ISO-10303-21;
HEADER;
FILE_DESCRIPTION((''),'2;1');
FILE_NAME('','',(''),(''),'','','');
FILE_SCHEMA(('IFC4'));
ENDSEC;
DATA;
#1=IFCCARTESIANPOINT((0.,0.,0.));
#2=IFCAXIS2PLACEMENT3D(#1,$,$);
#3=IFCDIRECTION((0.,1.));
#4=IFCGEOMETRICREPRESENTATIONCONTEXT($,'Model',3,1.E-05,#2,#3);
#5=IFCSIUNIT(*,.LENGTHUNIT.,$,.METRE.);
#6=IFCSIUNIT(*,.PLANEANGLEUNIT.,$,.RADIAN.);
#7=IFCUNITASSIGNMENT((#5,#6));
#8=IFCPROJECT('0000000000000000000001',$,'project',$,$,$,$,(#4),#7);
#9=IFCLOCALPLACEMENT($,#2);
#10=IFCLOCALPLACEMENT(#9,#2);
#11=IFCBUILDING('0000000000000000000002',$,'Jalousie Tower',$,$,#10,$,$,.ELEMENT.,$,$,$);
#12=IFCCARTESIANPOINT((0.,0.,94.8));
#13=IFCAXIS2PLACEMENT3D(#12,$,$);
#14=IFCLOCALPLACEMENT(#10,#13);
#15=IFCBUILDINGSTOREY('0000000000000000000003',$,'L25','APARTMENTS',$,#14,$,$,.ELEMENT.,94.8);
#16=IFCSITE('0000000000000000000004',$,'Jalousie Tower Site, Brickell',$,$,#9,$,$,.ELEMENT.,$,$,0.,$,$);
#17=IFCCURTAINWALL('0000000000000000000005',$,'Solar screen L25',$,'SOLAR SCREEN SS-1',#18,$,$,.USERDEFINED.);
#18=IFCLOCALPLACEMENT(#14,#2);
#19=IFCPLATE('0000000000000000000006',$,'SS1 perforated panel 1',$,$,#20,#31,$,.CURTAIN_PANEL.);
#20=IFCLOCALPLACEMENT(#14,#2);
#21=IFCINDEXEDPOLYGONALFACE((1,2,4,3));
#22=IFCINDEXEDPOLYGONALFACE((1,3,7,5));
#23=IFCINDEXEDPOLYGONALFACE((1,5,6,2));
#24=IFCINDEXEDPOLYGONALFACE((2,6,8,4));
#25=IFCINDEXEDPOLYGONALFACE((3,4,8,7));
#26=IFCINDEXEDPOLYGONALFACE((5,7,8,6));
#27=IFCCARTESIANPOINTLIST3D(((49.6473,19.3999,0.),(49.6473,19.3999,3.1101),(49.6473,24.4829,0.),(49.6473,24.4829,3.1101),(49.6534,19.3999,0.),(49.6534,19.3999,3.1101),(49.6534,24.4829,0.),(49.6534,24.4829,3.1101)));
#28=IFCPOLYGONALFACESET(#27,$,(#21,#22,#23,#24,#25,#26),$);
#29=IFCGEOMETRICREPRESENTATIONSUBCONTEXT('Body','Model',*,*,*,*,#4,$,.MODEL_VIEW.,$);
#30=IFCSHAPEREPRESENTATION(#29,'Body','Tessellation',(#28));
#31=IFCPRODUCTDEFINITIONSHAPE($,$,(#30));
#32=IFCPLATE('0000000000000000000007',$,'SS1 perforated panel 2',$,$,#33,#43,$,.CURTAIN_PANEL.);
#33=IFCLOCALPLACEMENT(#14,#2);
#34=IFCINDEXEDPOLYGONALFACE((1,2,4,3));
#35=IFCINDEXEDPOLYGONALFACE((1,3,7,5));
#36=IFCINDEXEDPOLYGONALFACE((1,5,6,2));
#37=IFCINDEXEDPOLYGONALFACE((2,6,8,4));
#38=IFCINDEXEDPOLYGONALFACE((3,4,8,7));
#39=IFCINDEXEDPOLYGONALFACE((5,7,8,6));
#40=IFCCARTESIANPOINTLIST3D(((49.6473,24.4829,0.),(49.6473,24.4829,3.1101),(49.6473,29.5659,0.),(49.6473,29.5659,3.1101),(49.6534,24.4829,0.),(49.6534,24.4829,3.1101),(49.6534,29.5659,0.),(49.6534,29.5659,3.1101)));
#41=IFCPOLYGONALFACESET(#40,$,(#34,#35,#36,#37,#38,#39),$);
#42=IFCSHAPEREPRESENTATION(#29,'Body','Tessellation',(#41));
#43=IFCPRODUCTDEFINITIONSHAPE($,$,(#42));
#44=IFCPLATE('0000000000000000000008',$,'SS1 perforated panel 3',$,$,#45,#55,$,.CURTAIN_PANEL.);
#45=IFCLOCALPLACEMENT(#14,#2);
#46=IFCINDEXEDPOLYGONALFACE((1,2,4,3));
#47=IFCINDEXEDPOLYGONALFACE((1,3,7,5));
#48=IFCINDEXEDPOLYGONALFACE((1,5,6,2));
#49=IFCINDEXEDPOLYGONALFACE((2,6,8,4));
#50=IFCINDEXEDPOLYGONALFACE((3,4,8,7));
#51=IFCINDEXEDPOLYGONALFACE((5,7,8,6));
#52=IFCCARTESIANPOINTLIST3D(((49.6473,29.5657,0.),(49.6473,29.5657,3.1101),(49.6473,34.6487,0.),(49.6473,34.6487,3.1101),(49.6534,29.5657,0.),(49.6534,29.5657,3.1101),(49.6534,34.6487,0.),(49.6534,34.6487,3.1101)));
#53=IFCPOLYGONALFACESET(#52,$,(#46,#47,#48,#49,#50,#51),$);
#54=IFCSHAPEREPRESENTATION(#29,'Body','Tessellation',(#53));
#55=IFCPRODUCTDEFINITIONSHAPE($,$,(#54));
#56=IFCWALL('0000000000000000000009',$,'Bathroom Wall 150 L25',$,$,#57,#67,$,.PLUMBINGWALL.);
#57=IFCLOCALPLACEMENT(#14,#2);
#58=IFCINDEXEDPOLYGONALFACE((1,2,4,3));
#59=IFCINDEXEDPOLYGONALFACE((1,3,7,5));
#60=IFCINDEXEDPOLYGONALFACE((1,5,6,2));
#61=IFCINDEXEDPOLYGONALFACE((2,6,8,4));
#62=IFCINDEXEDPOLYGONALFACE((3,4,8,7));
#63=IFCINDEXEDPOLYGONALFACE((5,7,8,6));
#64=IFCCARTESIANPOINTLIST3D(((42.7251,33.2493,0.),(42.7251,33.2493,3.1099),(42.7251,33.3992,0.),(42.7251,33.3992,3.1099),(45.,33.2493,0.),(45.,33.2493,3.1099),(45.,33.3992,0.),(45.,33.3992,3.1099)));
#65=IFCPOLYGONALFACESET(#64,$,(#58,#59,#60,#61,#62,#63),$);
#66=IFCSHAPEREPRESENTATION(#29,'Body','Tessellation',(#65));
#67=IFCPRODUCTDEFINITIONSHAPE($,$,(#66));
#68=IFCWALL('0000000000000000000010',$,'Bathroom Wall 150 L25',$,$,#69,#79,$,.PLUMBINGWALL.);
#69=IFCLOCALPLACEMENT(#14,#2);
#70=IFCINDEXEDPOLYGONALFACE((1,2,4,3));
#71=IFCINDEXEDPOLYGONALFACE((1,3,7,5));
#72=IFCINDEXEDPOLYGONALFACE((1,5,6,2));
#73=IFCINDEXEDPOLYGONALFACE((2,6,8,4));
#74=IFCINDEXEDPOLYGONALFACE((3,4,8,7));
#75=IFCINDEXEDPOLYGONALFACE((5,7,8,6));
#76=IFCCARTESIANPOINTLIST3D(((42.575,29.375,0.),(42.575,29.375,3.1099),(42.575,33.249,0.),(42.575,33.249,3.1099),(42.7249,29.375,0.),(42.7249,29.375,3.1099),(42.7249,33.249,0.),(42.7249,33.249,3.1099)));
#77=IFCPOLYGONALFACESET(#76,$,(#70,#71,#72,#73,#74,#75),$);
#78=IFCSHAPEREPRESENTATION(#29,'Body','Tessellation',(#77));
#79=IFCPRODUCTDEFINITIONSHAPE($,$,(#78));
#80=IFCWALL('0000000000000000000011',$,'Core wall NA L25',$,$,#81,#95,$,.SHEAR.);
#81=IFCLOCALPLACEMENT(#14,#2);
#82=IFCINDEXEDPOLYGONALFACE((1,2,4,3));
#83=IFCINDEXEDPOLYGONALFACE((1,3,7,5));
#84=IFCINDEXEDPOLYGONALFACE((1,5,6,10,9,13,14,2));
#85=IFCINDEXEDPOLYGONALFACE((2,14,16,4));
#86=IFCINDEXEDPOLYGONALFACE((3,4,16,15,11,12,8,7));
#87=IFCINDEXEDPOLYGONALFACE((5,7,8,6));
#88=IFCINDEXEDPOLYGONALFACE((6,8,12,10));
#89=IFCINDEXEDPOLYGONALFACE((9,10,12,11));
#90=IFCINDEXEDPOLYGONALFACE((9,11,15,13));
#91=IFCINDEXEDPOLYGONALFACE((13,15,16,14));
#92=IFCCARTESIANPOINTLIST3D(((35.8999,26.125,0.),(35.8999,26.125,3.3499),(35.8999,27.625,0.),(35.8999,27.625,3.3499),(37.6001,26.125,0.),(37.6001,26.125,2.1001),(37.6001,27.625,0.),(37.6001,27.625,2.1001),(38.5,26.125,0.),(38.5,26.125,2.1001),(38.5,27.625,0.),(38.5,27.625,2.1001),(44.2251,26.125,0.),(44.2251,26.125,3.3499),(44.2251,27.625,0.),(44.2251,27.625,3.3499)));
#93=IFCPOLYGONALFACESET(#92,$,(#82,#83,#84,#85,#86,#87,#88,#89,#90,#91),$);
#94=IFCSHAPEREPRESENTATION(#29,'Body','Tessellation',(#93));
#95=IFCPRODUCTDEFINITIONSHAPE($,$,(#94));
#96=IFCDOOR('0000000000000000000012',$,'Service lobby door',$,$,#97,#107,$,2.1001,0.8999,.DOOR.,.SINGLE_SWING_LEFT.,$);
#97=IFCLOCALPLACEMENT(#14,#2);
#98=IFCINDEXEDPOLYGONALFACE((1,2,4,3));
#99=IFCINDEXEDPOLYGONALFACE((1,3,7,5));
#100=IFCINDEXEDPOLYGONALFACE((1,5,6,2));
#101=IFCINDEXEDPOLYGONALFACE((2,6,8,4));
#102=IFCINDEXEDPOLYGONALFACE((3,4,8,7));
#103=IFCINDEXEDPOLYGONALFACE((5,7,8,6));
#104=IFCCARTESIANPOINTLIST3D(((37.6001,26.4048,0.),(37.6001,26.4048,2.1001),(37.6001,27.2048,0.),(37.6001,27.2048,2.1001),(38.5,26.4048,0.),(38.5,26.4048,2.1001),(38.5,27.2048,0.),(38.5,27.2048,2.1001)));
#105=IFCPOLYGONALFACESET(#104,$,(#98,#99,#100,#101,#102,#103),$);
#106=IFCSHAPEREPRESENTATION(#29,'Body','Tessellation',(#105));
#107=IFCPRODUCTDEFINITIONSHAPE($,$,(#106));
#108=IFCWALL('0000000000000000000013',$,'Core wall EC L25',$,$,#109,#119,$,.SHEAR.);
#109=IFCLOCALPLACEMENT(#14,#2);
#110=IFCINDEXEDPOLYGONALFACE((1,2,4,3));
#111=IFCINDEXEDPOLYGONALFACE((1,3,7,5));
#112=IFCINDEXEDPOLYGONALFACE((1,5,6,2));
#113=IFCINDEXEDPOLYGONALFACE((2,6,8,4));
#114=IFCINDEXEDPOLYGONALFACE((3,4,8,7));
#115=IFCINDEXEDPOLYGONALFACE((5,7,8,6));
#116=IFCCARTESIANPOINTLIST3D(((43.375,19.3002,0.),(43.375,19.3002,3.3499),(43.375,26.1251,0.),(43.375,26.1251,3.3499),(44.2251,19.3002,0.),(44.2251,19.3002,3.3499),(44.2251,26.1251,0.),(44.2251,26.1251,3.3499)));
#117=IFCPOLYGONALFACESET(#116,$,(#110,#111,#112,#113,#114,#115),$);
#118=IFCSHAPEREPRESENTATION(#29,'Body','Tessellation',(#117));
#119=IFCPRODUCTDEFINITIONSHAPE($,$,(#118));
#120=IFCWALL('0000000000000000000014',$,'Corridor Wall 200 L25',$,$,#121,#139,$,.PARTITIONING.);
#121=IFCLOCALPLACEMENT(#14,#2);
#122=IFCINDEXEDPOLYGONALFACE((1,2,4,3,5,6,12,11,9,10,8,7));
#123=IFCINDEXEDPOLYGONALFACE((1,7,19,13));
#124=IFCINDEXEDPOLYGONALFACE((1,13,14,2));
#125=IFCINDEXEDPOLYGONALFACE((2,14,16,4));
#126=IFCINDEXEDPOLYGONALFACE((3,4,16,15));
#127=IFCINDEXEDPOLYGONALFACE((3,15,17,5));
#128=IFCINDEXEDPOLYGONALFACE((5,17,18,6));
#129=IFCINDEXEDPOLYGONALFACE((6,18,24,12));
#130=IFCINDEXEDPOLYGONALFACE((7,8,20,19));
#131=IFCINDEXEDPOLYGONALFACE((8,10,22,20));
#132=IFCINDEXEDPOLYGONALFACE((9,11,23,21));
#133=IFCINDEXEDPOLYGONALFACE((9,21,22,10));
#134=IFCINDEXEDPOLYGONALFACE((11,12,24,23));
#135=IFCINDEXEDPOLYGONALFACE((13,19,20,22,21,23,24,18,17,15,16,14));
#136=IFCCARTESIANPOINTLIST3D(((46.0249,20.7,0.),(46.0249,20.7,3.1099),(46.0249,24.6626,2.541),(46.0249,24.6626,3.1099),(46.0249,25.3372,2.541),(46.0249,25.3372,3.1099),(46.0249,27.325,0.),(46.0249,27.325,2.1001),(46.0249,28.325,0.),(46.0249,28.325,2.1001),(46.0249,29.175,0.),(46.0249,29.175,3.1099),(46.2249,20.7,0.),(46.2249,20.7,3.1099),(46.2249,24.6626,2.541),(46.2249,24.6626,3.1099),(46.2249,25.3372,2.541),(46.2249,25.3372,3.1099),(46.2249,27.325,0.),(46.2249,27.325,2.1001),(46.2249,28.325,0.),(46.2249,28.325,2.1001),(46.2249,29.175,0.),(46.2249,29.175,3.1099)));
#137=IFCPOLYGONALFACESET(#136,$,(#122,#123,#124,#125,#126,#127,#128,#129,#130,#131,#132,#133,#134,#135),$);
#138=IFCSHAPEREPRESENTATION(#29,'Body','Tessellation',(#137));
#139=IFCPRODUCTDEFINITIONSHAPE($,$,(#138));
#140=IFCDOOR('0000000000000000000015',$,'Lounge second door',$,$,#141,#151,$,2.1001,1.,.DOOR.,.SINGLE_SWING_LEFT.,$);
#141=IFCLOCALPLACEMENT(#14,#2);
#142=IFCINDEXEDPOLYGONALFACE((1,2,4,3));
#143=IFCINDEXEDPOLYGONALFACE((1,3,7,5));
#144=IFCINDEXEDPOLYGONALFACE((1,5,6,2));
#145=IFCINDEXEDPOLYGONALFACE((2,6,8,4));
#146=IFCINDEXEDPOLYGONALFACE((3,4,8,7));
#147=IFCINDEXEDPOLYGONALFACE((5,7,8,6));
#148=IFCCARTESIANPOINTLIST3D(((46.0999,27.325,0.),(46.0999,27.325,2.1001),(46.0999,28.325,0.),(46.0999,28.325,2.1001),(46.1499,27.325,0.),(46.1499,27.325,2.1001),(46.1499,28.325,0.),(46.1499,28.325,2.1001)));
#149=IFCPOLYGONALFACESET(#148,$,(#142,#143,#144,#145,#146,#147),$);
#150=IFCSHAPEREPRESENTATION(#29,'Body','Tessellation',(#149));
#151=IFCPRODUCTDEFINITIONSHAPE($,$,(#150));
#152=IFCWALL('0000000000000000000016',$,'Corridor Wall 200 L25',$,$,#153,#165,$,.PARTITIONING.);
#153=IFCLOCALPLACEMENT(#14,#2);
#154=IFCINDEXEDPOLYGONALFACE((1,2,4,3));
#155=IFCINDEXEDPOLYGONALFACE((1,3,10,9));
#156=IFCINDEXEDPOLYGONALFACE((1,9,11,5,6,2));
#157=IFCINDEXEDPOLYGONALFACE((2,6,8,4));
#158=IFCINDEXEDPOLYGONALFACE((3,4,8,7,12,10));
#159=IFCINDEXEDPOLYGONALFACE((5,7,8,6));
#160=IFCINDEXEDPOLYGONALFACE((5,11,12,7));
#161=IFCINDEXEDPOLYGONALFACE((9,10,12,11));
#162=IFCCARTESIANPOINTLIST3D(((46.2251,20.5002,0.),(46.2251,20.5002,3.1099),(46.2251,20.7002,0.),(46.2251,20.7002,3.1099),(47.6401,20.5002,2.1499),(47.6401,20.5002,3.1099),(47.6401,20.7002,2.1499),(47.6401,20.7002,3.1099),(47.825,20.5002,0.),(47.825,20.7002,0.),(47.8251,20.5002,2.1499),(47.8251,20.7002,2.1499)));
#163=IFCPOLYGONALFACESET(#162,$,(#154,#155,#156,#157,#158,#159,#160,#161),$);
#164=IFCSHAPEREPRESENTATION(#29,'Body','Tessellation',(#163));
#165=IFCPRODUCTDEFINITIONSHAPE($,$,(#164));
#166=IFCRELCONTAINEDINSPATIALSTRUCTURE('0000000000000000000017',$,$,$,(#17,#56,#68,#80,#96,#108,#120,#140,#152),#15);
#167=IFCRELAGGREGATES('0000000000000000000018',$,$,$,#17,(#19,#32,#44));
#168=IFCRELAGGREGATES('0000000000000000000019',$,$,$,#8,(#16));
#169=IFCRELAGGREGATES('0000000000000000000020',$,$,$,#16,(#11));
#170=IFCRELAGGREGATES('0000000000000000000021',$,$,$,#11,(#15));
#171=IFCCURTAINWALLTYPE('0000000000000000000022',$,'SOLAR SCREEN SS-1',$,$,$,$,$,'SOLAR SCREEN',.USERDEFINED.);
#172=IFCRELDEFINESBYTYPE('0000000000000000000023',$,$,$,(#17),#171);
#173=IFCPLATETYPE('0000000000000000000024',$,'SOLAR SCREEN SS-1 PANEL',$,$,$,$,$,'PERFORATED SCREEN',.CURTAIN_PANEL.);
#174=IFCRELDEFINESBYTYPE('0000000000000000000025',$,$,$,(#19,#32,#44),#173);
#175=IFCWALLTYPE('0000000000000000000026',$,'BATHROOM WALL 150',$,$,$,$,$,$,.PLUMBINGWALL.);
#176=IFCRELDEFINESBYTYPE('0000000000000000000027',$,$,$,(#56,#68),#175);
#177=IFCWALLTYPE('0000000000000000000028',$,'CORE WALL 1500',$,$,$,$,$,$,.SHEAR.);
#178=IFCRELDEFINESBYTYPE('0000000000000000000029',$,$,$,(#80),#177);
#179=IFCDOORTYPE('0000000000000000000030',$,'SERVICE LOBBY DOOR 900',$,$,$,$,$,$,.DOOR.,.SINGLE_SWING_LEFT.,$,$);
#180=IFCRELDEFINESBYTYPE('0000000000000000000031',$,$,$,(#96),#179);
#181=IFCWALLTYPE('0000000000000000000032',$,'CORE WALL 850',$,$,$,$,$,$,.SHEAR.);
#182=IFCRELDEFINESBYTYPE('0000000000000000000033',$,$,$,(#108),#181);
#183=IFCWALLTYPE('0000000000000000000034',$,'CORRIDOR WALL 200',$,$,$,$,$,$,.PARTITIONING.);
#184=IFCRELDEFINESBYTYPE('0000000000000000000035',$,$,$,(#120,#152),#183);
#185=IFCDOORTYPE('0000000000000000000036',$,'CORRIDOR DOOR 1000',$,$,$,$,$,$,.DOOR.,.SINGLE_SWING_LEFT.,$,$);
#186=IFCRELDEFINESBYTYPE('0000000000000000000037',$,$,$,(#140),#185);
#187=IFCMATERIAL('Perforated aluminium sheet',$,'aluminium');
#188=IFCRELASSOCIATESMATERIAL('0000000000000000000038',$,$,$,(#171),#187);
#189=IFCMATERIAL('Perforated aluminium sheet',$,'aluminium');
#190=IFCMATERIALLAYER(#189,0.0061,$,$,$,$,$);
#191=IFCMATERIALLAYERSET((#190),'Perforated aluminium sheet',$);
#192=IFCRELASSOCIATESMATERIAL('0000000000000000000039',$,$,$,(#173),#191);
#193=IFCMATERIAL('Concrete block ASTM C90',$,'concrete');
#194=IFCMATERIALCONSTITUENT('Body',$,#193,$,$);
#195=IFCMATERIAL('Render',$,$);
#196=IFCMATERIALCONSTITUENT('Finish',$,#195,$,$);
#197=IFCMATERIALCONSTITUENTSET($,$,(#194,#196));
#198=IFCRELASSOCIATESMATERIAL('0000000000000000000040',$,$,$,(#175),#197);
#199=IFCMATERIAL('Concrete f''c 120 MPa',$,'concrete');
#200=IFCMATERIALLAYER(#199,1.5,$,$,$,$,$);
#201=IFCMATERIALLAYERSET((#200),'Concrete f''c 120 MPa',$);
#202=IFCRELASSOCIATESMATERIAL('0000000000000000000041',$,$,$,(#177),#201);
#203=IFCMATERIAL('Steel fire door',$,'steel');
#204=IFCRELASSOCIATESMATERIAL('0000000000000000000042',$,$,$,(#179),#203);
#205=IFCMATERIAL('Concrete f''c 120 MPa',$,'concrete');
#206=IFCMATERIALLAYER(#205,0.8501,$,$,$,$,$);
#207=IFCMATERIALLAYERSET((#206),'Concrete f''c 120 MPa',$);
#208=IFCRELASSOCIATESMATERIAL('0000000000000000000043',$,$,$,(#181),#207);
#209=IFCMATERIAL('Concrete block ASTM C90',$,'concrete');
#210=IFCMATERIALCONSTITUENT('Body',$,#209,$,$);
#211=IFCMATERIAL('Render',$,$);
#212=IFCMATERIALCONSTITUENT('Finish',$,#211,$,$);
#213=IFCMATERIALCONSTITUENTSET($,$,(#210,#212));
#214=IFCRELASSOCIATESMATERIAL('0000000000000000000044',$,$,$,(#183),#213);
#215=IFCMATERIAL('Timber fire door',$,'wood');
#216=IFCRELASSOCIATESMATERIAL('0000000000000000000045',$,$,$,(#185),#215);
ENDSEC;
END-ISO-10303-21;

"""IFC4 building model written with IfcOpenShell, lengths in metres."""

from ifc_helpers import new_model, si_unit, direction, frame, frame_2d, origin, origin_2d, place, context, subcontext, project, spatial, polyline, rectangle, outline, extrude, material, layer, layer_set, constituent, constituent_set, type_object, element, fill, aggregate, save


model = new_model("IFC4")

# Units and contexts
model_context = context("Model", 3, precision=1e-05, world=origin(), true_north=direction((0.0, 1.0)))
body_context = subcontext(model_context, "Body", "Model", "MODEL_VIEW")
ifc_project = project(units=[si_unit("LENGTHUNIT", "METRE"), si_unit("PLANEANGLEUNIT", "RADIAN")], contexts=[model_context])

# Site, building, storey
site_placement = place(None, origin())
site = spatial("IfcSite", under=ifc_project, at=site_placement, Name="Jalousie Tower Site, Brickell", CompositionType="ELEMENT", RefElevation=0.0)
building_placement = place(site_placement, origin())
building = spatial("IfcBuilding", under=site, at=building_placement, Name="Jalousie Tower", CompositionType="ELEMENT")
storey_placement = place(building_placement, frame((0.0, 0.0, 94.8)))
storey = spatial("IfcBuildingStorey", under=building, at=storey_placement, Name="L25", Description="APARTMENTS", CompositionType="ELEMENT", Elevation=94.8)

# Curtain wall, plates
ifc_material_1 = material(Name="Perforated aluminium sheet", Category="aluminium")
curtain_wall_type = type_object("IfcCurtainWallType", Name="SOLAR SCREEN SS-1", ElementType="SOLAR SCREEN", PredefinedType="USERDEFINED", material=ifc_material_1)
curtain_wall_placement = place(storey_placement, origin())
curtain_wall = element("IfcCurtainWall", 1, at=curtain_wall_placement, inside=storey, type_object=curtain_wall_type, Name="Solar screen L25", ObjectType="SOLAR SCREEN SS-1", PredefinedType="USERDEFINED")
ifc_material_2 = material(Name="Perforated aluminium sheet", Category="aluminium")
ifc_layer_1 = layer(ifc_material_2, 0.0061)
ifc_layer_set_1 = layer_set([ifc_layer_1], Name="Perforated aluminium sheet")
plate_type = type_object("IfcPlateType", Name="SOLAR SCREEN SS-1 PANEL", ElementType="PERFORATED SCREEN", PredefinedType="CURTAIN_PANEL", material=ifc_layer_set_1)
plate_1_placement = place(storey_placement, frame((49.6504, 21.9414, 0.0), z_axis=(0.0, 0.0, 1.0), x_axis=(0.0, 1.0, 0.0)))
plate_1 = element("IfcPlate", 2, at=plate_1_placement, type_object=plate_type, Name="SS1 perforated panel 1", PredefinedType="CURTAIN_PANEL", context=body_context, shape_type="SweptSolid", body=[
    extrude(rectangle(XDim=5.083, YDim=0.0061, at=origin_2d()), origin(), (0.0, 0.0, 1.0), 3.1101),
])
plate_2_placement = place(storey_placement, frame((49.6504, 27.0244, 0.0), z_axis=(0.0, 0.0, 1.0), x_axis=(0.0, 1.0, 0.0)))
plate_2 = element("IfcPlate", 3, at=plate_2_placement, type_object=plate_type, Name="SS1 perforated panel 2", PredefinedType="CURTAIN_PANEL", context=body_context, shape_type="SweptSolid", body=[
    extrude(rectangle(XDim=5.083, YDim=0.0061, at=origin_2d()), origin(), (0.0, 0.0, 1.0), 3.1101),
])
plate_3_placement = place(storey_placement, frame((49.6504, 32.1072, 0.0), z_axis=(0.0, 0.0, 1.0), x_axis=(0.0, 1.0, 0.0)))
plate_3 = element("IfcPlate", 4, at=plate_3_placement, type_object=plate_type, Name="SS1 perforated panel 3", PredefinedType="CURTAIN_PANEL", context=body_context, shape_type="SweptSolid", body=[
    extrude(rectangle(XDim=5.083, YDim=0.0061, at=origin_2d()), origin(), (0.0, 0.0, 1.0), 3.1101),
])
aggregate(curtain_wall, [plate_1, plate_2, plate_3])

# Walls
ifc_material_3 = material(Name="Concrete block ASTM C90", Category="concrete")
ifc_constituent_1 = constituent(ifc_material_3, Name="Body")
ifc_material_4 = material(Name="Render")
ifc_constituent_2 = constituent(ifc_material_4, Name="Finish")
ifc_constituent_set_1 = constituent_set(constituents=[ifc_constituent_1, ifc_constituent_2])
wall_type_1 = type_object("IfcWallType", Name="BATHROOM WALL 150", PredefinedType="PLUMBINGWALL", material=ifc_constituent_set_1)
wall_1_placement = place(storey_placement, frame((42.7251, 33.3242, 0.0), z_axis=(0.0, 0.0, 1.0), x_axis=(1.0, 0.0, 0.0)))
element("IfcWall", 5, at=wall_1_placement, inside=storey, type_object=wall_type_1, Name="Bathroom Wall 150 L25", PredefinedType="PLUMBINGWALL", context=body_context, shape_type="SweptSolid", body=[
    extrude(rectangle(XDim=2.2749, YDim=0.1499, at=frame_2d((1.1375, 0.0))), origin(), (0.0, 0.0, 1.0), 3.1099),
])
wall_2_placement = place(storey_placement, frame((42.6499, 33.249, 0.0), z_axis=(0.0, 0.0, 1.0), x_axis=(0.0, -1.0, 0.0)))
element("IfcWall", 6, at=wall_2_placement, inside=storey, type_object=wall_type_1, Name="Bathroom Wall 150 L25", PredefinedType="PLUMBINGWALL", context=body_context, shape_type="SweptSolid", body=[
    extrude(rectangle(XDim=3.874, YDim=0.1499, at=frame_2d((1.937, 0.0))), origin(), (0.0, 0.0, 1.0), 3.1099),
])

# Wall, opening, door
ifc_material_5 = material(Name="Concrete f'c 120 MPa", Category="concrete")
ifc_layer_2 = layer(ifc_material_5, 1.5)
ifc_layer_set_2 = layer_set([ifc_layer_2], Name="Concrete f'c 120 MPa")
wall_type_2 = type_object("IfcWallType", Name="CORE WALL 1500", PredefinedType="SHEAR", material=ifc_layer_set_2)
wall_3_placement = place(storey_placement, frame((44.2251, 26.875, 0.0), z_axis=(0.0, 0.0, 1.0), x_axis=(-1.0, 0.0, 0.0)))
wall_3 = element("IfcWall", 7, at=wall_3_placement, inside=storey, type_object=wall_type_2, Name="Core wall NA L25", PredefinedType="SHEAR", context=body_context, shape_type="SweptSolid", body=[
    extrude(rectangle(XDim=8.3252, YDim=1.5, at=frame_2d((4.1626, 0.0))), origin(), (0.0, 0.0, 1.0), 3.3499),
])
opening_1_placement = place(wall_3_placement, frame((5.7251, 0.0, 0.0)))
opening_1 = element("IfcOpeningElement", 8, at=opening_1_placement, cuts=wall_3, PredefinedType="OPENING", context=body_context, shape_type="SweptSolid", body=[
    extrude(rectangle(XDim=0.8999, YDim=2.1001, at=frame_2d((0.45, 1.05))), frame((0.0, 0.76, 0.0), z_axis=(0.0, -1.0, 0.0), x_axis=(1.0, 0.0, 0.0)), (0.0, 0.0, 1.0), 1.52),
])
ifc_material_6 = material(Name="Steel fire door", Category="steel")
door_type_1 = type_object("IfcDoorType", Name="SERVICE LOBBY DOOR 900", OperationType="SINGLE_SWING_LEFT", PredefinedType="DOOR", material=ifc_material_6)
door_1_placement = place(opening_1_placement, origin())
door_1 = element("IfcDoor", 9, at=door_1_placement, inside=storey, type_object=door_type_1, Name="Service lobby door", OperationType="SINGLE_SWING_LEFT", OverallHeight=2.1001, OverallWidth=0.8999, PredefinedType="DOOR", context=body_context, shape_type="SweptSolid", body=[
    extrude(rectangle(XDim=0.8999, YDim=2.1001, at=frame_2d((0.45, 1.05))), frame((0.0, 0.4702, 0.0), z_axis=(0.0, -1.0, 0.0), x_axis=(1.0, 0.0, 0.0)), (0.0, 0.0, 1.0), 0.8),
])
fill(opening_1, door_1)

# Wall
ifc_material_7 = material(Name="Concrete f'c 120 MPa", Category="concrete")
ifc_layer_3 = layer(ifc_material_7, 0.8501)
ifc_layer_set_3 = layer_set([ifc_layer_3], Name="Concrete f'c 120 MPa")
wall_type_3 = type_object("IfcWallType", Name="CORE WALL 850", PredefinedType="SHEAR", material=ifc_layer_set_3)
wall_4_placement = place(storey_placement, frame((43.8, 19.3, 0.0), z_axis=(0.0, 0.0, 1.0), x_axis=(0.0, 1.0, 0.0)))
element("IfcWall", 10, at=wall_4_placement, inside=storey, type_object=wall_type_3, Name="Core wall EC L25", PredefinedType="SHEAR", context=body_context, shape_type="SweptSolid", body=[
    extrude(rectangle(XDim=6.825, YDim=0.8501, at=frame_2d((3.4126, 0.0))), origin(), (0.0, 0.0, 1.0), 3.3499),
])

# Wall, opening, door
ifc_material_8 = material(Name="Concrete block ASTM C90", Category="concrete")
ifc_constituent_3 = constituent(ifc_material_8, Name="Body")
ifc_material_9 = material(Name="Render")
ifc_constituent_4 = constituent(ifc_material_9, Name="Finish")
ifc_constituent_set_2 = constituent_set(constituents=[ifc_constituent_3, ifc_constituent_4])
wall_type_4 = type_object("IfcWallType", Name="CORRIDOR WALL 200", PredefinedType="PARTITIONING", material=ifc_constituent_set_2)
wall_5_placement = place(storey_placement, frame((46.125, 20.7, 0.0), z_axis=(0.0, 0.0, 1.0), x_axis=(0.0, 1.0, 0.0)))
wall_5 = element("IfcWall", 11, at=wall_5_placement, inside=storey, type_object=wall_type_4, Name="Corridor Wall 200 L25", PredefinedType="PARTITIONING", context=body_context, shape_type="SweptSolid", body=[
    extrude(outline(polyline([(0.0, 0.0), (8.4751, 0.0), (8.4751, 3.1099), (4.6372, 3.1099), (4.6372, 2.541), (3.9626, 2.541), (3.9626, 3.1099), (0.0, 3.1099), (0.0, 0.0)])), frame((0.0, 0.1001, 0.0), z_axis=(0.0, -1.0, 0.0), x_axis=(1.0, 0.0, 0.0)), (0.0, 0.0, 1.0), 0.2),
])
opening_2_placement = place(wall_5_placement, frame((6.625, 0.0, 0.0)))
opening_2 = element("IfcOpeningElement", 12, at=opening_2_placement, cuts=wall_5, PredefinedType="OPENING", context=body_context, shape_type="SweptSolid", body=[
    extrude(rectangle(XDim=1.0, YDim=2.1001, at=frame_2d((0.5, 1.05))), frame((0.0, 0.1099, 0.0), z_axis=(0.0, -1.0, 0.0), x_axis=(1.0, 0.0, 0.0)), (0.0, 0.0, 1.0), 0.22),
])
ifc_material_10 = material(Name="Timber fire door", Category="wood")
door_type_2 = type_object("IfcDoorType", Name="CORRIDOR DOOR 1000", OperationType="SINGLE_SWING_LEFT", PredefinedType="DOOR", material=ifc_material_10)
door_2_placement = place(opening_2_placement, frame((1.0, 0.0, 0.0), z_axis=(0.0, 0.0, 1.0), x_axis=(-1.0, 0.0, 0.0)))
door_2 = element("IfcDoor", 13, at=door_2_placement, inside=storey, type_object=door_type_2, Name="Lounge second door", OperationType="SINGLE_SWING_LEFT", OverallHeight=2.1001, OverallWidth=1.0, PredefinedType="DOOR", context=body_context, shape_type="SweptSolid", body=[
    extrude(rectangle(XDim=1.0, YDim=2.1001, at=frame_2d((0.5, 1.05))), frame((0.0, 0.0249, 0.0), z_axis=(0.0, -1.0, 0.0), x_axis=(1.0, 0.0, 0.0)), (0.0, 0.0, 1.0), 0.05),
])
fill(opening_2, door_2)

# Wall
wall_6_placement = place(storey_placement, frame((46.2251, 20.6001, 0.0), z_axis=(0.0, 0.0, 1.0), x_axis=(1.0, 0.0, 0.0)))
element("IfcWall", 14, at=wall_6_placement, inside=storey, type_object=wall_type_4, Name="Corridor Wall 200 L25", PredefinedType="PARTITIONING", context=body_context, shape_type="SweptSolid", body=[
    extrude(outline(polyline([(0.0, 0.0), (1.5999, 0.0), (1.6001, 3.1099), (1.6001, 2.1499), (1.415, 2.1499), (1.415, 3.1099), (0.0, 3.1099), (0.0, 0.0)])), frame((0.0, 0.1001, 0.0), z_axis=(0.0, -1.0, 0.0), x_axis=(1.0, 0.0, 0.0)), (0.0, 0.0, 1.0), 0.2),
])

save(model, "model.ifc")
